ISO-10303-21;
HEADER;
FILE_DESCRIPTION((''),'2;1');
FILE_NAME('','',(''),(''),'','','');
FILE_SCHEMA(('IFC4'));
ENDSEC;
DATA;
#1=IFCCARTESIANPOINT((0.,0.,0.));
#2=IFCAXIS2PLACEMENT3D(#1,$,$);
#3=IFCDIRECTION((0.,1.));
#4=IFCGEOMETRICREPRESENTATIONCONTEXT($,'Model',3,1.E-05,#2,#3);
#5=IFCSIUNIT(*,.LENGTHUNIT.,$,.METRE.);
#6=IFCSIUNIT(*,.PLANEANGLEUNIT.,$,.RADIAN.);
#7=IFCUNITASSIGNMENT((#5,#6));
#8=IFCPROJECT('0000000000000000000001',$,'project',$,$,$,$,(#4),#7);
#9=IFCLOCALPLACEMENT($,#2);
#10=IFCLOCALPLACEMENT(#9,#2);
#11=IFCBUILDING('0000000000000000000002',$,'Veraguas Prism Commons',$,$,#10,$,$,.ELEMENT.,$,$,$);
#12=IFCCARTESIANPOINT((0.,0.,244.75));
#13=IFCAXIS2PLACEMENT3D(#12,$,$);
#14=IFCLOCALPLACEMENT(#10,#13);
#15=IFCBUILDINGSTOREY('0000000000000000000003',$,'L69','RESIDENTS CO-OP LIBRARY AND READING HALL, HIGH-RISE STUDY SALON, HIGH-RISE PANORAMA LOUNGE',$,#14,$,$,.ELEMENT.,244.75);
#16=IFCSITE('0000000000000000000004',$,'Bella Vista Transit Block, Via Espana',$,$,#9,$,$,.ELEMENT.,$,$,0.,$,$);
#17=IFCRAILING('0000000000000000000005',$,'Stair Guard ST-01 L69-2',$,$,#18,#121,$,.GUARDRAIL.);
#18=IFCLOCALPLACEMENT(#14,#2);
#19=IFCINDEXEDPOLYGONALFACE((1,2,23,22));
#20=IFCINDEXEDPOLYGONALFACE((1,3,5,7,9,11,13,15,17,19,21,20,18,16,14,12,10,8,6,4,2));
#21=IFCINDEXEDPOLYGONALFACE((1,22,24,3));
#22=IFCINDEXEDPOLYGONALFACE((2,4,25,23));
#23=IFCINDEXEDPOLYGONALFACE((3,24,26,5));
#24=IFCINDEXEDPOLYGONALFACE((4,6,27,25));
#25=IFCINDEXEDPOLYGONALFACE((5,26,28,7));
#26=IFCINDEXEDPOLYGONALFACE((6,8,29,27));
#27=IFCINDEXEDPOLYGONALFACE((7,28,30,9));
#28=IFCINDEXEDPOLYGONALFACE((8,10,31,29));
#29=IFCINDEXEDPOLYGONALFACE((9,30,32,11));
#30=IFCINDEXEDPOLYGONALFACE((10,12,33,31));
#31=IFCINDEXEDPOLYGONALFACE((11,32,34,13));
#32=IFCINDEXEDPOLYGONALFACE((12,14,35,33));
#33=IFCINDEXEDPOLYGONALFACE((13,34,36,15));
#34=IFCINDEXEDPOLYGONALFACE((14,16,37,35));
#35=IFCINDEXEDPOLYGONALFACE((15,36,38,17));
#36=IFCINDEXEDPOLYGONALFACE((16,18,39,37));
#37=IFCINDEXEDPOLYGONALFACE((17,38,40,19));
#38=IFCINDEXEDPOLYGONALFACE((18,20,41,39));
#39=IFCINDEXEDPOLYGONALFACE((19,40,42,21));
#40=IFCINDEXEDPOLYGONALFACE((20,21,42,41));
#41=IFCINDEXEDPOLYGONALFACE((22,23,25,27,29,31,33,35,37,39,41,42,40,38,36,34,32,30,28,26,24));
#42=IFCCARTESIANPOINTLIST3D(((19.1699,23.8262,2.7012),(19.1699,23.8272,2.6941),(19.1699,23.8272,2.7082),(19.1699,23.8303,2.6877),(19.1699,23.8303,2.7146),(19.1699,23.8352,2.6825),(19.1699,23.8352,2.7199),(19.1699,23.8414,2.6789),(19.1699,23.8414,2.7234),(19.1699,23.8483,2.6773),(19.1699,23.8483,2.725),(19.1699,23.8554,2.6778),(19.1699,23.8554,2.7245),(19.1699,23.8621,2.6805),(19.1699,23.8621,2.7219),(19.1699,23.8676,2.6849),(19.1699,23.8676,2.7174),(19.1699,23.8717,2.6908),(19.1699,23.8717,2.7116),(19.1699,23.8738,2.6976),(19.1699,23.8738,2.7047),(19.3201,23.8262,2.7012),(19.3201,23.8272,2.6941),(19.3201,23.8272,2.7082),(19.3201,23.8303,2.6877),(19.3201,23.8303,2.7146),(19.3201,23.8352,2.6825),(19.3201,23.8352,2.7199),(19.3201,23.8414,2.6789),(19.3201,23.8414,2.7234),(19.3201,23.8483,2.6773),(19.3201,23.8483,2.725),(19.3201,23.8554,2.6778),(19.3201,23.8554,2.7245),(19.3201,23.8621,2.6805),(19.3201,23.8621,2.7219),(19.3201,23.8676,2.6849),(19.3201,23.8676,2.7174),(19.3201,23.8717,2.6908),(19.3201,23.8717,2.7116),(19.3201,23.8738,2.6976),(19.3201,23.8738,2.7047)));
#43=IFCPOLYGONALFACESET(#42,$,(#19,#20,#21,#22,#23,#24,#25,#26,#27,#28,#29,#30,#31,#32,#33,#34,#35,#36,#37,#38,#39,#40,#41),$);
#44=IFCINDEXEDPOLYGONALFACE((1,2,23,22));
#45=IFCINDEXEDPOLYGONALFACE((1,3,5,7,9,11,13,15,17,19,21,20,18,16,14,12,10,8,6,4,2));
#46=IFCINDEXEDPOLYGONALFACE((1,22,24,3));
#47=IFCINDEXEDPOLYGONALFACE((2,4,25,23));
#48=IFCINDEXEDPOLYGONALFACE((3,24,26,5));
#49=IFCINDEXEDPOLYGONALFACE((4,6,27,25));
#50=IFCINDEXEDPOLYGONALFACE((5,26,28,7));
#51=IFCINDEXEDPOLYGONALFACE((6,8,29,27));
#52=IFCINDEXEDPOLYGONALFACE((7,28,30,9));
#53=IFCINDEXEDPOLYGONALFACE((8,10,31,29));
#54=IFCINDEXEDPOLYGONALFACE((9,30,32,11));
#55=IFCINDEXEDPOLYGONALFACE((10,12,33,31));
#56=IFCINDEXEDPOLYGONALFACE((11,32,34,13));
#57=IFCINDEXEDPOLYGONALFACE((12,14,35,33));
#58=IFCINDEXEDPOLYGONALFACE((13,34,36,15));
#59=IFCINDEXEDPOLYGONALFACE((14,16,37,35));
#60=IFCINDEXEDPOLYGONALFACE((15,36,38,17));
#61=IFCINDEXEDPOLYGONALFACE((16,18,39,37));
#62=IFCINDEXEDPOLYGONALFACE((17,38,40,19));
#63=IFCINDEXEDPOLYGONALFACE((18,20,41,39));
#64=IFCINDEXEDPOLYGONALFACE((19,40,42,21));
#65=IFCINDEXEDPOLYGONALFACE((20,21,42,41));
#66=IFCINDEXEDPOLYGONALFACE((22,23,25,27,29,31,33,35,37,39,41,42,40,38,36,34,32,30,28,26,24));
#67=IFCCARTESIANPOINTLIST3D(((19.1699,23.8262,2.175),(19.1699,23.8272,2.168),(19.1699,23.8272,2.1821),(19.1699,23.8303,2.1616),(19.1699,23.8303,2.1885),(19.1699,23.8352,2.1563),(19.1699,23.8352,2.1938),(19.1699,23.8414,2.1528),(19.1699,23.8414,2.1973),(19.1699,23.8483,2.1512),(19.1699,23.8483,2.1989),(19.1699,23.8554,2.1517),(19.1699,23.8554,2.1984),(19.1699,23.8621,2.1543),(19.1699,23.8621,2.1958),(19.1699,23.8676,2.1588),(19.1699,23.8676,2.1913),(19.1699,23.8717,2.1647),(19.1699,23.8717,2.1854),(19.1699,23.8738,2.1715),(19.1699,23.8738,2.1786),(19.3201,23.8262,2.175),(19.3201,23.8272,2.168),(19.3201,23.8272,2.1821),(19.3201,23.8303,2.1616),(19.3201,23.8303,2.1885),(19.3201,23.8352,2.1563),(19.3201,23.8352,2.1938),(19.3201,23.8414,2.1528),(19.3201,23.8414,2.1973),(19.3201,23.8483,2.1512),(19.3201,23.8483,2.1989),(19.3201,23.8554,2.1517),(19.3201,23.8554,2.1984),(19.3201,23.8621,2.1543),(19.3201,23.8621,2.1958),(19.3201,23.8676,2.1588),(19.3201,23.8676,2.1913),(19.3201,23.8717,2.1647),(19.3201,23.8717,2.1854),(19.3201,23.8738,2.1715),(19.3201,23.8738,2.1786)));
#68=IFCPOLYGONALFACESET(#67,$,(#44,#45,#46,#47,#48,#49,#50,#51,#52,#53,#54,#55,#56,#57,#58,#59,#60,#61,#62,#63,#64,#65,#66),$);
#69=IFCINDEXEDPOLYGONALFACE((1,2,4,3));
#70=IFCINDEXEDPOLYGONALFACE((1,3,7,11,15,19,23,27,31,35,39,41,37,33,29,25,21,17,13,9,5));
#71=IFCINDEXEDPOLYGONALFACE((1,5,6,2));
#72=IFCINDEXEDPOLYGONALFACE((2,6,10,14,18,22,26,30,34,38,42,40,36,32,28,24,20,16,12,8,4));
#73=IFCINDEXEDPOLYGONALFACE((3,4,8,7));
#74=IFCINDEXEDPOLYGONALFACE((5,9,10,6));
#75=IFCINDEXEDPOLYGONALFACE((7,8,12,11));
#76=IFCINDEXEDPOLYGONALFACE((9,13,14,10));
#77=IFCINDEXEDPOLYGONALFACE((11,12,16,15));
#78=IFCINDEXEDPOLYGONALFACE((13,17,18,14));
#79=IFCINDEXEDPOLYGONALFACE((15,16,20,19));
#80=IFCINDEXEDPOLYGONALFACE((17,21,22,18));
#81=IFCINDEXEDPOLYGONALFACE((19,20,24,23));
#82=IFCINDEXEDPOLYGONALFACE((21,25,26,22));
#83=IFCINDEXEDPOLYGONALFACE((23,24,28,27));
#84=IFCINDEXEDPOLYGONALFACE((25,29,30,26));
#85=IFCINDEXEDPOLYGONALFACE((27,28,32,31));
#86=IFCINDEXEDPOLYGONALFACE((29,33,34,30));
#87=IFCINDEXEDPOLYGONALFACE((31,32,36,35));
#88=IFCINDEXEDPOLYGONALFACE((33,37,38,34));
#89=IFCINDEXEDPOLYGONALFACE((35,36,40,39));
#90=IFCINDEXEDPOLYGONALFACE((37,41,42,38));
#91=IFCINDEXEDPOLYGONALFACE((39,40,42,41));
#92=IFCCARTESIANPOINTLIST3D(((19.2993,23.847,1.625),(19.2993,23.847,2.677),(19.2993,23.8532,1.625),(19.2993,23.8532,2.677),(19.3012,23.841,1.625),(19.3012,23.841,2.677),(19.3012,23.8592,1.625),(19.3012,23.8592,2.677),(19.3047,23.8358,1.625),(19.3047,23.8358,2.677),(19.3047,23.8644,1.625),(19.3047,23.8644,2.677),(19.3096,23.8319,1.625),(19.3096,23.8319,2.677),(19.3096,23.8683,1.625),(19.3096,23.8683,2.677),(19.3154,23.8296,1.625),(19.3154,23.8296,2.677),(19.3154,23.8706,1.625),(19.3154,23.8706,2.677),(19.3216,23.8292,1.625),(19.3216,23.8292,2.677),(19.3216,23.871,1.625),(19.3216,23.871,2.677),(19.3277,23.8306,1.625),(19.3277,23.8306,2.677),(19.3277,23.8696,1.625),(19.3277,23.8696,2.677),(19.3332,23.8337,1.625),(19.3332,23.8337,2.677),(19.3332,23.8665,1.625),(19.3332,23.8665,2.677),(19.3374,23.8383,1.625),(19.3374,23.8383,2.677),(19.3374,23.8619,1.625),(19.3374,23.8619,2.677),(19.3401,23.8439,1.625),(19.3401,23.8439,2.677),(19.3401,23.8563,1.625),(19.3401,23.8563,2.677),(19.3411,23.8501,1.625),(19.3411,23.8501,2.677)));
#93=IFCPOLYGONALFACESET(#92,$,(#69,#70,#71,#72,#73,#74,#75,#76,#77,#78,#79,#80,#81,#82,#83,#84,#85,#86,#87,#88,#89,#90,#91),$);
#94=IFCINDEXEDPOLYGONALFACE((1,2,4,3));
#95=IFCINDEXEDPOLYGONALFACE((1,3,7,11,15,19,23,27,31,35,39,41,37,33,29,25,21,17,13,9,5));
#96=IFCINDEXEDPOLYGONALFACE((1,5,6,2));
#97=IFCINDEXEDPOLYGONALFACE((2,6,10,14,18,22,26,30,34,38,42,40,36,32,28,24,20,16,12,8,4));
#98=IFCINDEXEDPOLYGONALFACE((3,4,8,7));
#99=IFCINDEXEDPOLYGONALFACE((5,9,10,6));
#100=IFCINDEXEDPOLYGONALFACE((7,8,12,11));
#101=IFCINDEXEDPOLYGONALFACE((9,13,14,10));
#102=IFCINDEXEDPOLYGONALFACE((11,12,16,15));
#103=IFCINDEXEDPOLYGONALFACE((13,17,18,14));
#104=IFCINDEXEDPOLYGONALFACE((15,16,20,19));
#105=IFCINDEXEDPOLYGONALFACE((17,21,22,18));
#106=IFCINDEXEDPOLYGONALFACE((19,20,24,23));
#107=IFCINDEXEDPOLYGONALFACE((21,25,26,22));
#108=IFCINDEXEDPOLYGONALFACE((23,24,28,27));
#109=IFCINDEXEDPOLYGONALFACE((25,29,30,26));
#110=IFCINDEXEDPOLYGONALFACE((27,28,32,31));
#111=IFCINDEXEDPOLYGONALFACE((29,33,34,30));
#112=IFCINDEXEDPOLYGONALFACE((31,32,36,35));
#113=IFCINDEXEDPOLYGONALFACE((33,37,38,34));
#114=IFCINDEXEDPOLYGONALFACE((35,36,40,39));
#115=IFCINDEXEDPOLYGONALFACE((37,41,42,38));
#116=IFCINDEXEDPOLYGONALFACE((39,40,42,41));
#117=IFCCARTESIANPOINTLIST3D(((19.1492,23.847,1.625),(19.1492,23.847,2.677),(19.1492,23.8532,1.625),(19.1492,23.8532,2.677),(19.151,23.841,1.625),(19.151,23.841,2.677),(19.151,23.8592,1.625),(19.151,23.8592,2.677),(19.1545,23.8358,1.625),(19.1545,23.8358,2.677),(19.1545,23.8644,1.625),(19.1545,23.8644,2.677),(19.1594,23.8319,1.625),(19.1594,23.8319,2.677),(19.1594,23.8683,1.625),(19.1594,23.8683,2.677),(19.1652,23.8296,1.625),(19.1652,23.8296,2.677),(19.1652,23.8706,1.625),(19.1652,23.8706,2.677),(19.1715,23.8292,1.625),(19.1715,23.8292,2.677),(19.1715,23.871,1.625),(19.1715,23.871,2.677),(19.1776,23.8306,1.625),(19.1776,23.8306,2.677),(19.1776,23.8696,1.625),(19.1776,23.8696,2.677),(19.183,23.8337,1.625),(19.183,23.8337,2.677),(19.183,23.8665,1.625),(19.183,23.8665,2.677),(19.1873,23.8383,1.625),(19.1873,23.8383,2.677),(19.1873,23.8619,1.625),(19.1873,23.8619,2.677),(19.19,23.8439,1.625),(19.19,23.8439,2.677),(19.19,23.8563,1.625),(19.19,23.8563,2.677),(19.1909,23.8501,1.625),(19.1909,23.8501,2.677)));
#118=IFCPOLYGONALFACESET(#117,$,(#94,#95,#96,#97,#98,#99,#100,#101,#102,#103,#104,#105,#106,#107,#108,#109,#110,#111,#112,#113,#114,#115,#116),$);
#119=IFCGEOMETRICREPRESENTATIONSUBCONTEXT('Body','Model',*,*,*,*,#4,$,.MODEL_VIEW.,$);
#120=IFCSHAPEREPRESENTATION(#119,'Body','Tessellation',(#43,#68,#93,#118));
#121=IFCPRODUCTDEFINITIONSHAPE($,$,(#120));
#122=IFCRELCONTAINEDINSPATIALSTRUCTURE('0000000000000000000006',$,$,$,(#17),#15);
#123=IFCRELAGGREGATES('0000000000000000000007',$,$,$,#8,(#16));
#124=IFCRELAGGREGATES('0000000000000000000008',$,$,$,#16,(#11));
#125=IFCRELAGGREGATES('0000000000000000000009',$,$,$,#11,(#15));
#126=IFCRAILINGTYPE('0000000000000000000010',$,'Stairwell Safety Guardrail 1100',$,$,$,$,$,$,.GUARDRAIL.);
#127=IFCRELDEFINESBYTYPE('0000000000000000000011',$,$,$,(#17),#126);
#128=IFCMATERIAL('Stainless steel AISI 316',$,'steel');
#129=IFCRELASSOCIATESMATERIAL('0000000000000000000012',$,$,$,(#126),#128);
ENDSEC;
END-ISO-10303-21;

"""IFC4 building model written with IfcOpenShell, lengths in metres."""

from ifc_helpers import new_model, si_unit, direction, frame, origin, origin_2d, place, context, subcontext, project, spatial, circle, extrude, material, type_object, element, save


model = new_model("IFC4")

# Units and contexts
model_context = context("Model", 3, precision=1e-05, world=origin(), true_north=direction((0.0, 1.0)))
body_context = subcontext(model_context, "Body", "Model", "MODEL_VIEW")
ifc_project = project(units=[si_unit("LENGTHUNIT", "METRE"), si_unit("PLANEANGLEUNIT", "RADIAN")], contexts=[model_context])

# Site, building, storey
site_placement = place(None, origin())
site = spatial("IfcSite", under=ifc_project, at=site_placement, Name="Bella Vista Transit Block, Via Espana", CompositionType="ELEMENT", RefElevation=0.0)
building_placement = place(site_placement, origin())
building = spatial("IfcBuilding", under=site, at=building_placement, Name="Veraguas Prism Commons", CompositionType="ELEMENT")
storey_placement = place(building_placement, frame((0.0, 0.0, 244.75)))
storey = spatial("IfcBuildingStorey", under=building, at=storey_placement, Name="L69", Description="RESIDENTS CO-OP LIBRARY AND READING HALL, HIGH-RISE STUDY SALON, HIGH-RISE PANORAMA LOUNGE", CompositionType="ELEMENT", Elevation=244.75)

# Shared definitions
ifc_material_1 = material(Name="Stainless steel AISI 316", Category="steel")

# Railing
railing_type_1 = type_object("IfcRailingType", Name="Stairwell Safety Guardrail 1100", PredefinedType="GUARDRAIL", material=ifc_material_1)
railing_1_placement = place(storey_placement, frame((19.3201, 23.8501, 1.625)))
element("IfcRailing", 1, at=railing_1_placement, inside=storey, type_object=railing_type_1, Name="Stair Guard ST-01 L69-2", PredefinedType="GUARDRAIL", context=body_context, shape_type="SweptSolid", body=[
    extrude(circle(Radius=0.0239, at=origin_2d()), frame((0.0, 0.0, 1.0762), z_axis=(-1.0, 0.0, 0.0), x_axis=(0.0, -1.0, 0.0)), (0.0, 0.0, 1.0), 0.1501),
    extrude(circle(Radius=0.0239, at=origin_2d()), frame((0.0, 0.0, 0.55), z_axis=(-1.0, 0.0, 0.0), x_axis=(0.0, -1.0, 0.0)), (0.0, 0.0, 1.0), 0.1501),
    extrude(circle(Radius=0.021, at=origin_2d()), origin(), (0.0, 0.0, 1.0), 1.052),
    extrude(circle(Radius=0.021, at=origin_2d()), frame((-0.1501, 0.0, 0.0)), (0.0, 0.0, 1.0), 1.052),
])

save(model, "model.ifc")
